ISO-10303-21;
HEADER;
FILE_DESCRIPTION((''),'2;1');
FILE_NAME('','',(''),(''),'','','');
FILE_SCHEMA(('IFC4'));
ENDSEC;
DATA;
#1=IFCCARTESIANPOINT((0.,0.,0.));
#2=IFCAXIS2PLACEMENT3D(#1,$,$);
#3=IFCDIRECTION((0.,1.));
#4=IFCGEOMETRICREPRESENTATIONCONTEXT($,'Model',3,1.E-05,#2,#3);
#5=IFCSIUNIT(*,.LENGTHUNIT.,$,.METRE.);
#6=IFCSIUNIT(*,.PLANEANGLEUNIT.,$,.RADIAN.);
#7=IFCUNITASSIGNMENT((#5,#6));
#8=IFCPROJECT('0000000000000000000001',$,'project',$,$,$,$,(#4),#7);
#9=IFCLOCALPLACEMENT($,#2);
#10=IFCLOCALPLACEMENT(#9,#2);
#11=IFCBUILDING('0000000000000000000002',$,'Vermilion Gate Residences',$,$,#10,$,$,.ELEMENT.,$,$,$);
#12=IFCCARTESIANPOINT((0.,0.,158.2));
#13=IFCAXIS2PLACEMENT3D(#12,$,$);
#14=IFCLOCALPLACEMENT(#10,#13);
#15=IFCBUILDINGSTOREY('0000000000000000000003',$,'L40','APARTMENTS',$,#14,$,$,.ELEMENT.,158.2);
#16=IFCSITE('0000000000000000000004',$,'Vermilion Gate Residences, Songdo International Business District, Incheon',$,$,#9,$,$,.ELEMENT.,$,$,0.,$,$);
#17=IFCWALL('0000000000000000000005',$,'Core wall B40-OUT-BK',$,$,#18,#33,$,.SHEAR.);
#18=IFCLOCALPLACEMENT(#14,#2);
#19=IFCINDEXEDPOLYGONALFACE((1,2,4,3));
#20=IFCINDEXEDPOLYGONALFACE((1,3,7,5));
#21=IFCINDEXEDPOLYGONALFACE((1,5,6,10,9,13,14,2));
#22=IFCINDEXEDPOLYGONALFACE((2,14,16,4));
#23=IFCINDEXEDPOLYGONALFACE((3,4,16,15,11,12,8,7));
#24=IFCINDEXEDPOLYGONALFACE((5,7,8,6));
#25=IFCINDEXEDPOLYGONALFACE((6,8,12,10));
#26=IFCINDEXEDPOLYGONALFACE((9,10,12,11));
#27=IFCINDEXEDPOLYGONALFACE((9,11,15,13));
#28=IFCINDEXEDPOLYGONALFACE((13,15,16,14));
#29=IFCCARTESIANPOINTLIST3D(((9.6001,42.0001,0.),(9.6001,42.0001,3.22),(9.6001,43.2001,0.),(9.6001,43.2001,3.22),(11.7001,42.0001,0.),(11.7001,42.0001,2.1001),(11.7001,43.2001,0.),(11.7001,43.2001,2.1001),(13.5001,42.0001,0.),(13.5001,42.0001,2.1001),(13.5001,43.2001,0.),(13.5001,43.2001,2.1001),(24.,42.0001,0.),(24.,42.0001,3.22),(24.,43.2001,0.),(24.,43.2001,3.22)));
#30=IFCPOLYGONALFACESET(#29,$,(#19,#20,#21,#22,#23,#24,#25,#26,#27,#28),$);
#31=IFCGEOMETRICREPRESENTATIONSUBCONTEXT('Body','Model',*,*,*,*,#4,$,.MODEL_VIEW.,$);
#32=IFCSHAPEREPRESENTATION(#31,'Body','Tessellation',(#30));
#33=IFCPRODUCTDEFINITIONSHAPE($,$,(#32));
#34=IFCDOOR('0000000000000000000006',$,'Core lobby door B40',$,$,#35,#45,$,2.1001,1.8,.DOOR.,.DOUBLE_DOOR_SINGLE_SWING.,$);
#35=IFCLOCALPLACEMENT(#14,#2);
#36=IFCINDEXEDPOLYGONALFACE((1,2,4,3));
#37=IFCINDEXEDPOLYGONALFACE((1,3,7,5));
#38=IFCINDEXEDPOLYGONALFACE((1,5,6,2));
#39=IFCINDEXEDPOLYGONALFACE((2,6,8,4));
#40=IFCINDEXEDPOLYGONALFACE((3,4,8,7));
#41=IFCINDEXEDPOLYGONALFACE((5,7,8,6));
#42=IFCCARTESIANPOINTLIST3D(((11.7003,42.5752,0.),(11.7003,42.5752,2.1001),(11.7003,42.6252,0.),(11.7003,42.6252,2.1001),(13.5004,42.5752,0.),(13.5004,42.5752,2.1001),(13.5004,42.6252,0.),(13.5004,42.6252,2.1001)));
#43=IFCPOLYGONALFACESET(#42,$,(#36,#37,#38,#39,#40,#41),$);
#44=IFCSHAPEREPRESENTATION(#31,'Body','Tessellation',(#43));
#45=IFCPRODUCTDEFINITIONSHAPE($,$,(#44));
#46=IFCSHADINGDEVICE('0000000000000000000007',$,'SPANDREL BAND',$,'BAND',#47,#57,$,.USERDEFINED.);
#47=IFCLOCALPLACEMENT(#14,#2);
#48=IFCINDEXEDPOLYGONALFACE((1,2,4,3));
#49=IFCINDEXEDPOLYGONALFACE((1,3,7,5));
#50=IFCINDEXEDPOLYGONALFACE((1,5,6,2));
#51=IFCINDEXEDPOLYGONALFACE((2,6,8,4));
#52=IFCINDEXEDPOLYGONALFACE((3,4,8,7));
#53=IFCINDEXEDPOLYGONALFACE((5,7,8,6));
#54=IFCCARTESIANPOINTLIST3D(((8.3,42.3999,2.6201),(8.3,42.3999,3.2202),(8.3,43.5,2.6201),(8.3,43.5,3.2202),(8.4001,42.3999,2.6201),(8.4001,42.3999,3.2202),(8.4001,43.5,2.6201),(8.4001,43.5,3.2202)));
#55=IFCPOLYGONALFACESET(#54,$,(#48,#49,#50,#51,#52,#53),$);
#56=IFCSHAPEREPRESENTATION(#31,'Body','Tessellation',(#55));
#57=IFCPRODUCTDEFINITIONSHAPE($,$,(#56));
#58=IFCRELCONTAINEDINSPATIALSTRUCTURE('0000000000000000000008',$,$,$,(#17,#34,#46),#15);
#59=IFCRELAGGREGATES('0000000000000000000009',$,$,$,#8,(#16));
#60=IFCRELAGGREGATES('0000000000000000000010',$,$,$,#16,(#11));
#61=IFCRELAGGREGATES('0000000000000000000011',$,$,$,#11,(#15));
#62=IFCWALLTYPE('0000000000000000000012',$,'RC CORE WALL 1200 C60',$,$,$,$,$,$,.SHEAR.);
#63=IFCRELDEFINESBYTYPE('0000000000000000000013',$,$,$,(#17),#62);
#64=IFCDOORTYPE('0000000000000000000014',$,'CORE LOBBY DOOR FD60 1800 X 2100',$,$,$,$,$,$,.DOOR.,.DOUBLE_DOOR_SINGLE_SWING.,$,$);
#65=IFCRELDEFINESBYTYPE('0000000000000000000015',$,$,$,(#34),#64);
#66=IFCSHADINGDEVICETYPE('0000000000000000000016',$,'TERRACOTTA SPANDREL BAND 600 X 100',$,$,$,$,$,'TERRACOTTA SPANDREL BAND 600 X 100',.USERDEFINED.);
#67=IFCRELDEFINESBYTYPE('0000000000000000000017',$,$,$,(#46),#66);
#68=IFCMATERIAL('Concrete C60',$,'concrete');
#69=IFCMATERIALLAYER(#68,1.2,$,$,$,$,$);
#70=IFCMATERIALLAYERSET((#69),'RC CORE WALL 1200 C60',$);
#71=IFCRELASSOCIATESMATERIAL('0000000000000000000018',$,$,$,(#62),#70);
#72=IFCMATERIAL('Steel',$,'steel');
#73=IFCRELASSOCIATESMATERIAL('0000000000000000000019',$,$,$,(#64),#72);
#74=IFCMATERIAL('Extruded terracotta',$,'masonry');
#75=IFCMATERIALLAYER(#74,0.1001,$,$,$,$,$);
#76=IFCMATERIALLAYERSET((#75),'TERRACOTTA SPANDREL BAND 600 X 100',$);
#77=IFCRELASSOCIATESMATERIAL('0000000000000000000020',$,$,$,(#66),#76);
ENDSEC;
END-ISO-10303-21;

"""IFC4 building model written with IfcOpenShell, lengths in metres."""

from ifc_helpers import new_model, si_unit, direction, frame, frame_2d, origin, origin_2d, place, context, subcontext, project, spatial, rectangle, extrude, material, layer, layer_set, type_object, element, fill, save


model = new_model("IFC4")

# Units and contexts
model_context = context("Model", 3, precision=1e-05, world=origin(), true_north=direction((0.0, 1.0)))
body_context = subcontext(model_context, "Body", "Model", "MODEL_VIEW")
ifc_project = project(units=[si_unit("LENGTHUNIT", "METRE"), si_unit("PLANEANGLEUNIT", "RADIAN")], contexts=[model_context])

# Site, building, storey
site_placement = place(None, origin())
site = spatial("IfcSite", under=ifc_project, at=site_placement, Name="Vermilion Gate Residences, Songdo International Business District, Incheon", CompositionType="ELEMENT", RefElevation=0.0)
building_placement = place(site_placement, origin())
building = spatial("IfcBuilding", under=site, at=building_placement, Name="Vermilion Gate Residences", CompositionType="ELEMENT")
storey_placement = place(building_placement, frame((0.0, 0.0, 158.2)))
storey = spatial("IfcBuildingStorey", under=building, at=storey_placement, Name="L40", Description="APARTMENTS", CompositionType="ELEMENT", Elevation=158.2)

# Wall, opening, door
ifc_material_1 = material(Name="Concrete C60", Category="concrete")
ifc_layer_1 = layer(ifc_material_1, 1.2)
ifc_layer_set_1 = layer_set([ifc_layer_1], Name="RC CORE WALL 1200 C60")
wall_type_1 = type_object("IfcWallType", Name="RC CORE WALL 1200 C60", PredefinedType="SHEAR", material=ifc_layer_set_1)
wall_1_placement = place(storey_placement, frame((9.6001, 42.6001, 0.0), z_axis=(0.0, 0.0, 1.0), x_axis=(1.0, 0.0, 0.0)))
wall_1 = element("IfcWall", 1, at=wall_1_placement, inside=storey, type_object=wall_type_1, Name="Core wall B40-OUT-BK", PredefinedType="SHEAR", context=body_context, shape_type="SweptSolid", body=[
    extrude(rectangle(XDim=14.3999, YDim=1.2, at=frame_2d((7.2, 0.0))), origin(), (0.0, 0.0, 1.0), 3.22),
])
opening_1_placement = place(wall_1_placement, frame((2.1001, 0.0, 0.0)))
opening_1 = element("IfcOpeningElement", 2, at=opening_1_placement, cuts=wall_1, PredefinedType="OPENING", context=body_context, shape_type="SweptSolid", body=[
    extrude(rectangle(XDim=1.8, YDim=2.1001, at=frame_2d((0.8999, 1.05))), frame((0.0, 0.6099, 0.0), z_axis=(0.0, -1.0, 0.0), x_axis=(1.0, 0.0, 0.0)), (0.0, 0.0, 1.0), 1.22),
])
ifc_material_2 = material(Name="Steel", Category="steel")
door_type_1 = type_object("IfcDoorType", Name="CORE LOBBY DOOR FD60 1800 X 2100", OperationType="DOUBLE_DOOR_SINGLE_SWING", PredefinedType="DOOR", material=ifc_material_2)
door_1_placement = place(opening_1_placement, frame((1.8, 0.0, 0.0), z_axis=(0.0, 0.0, 1.0), x_axis=(-1.0, 0.0, 0.0)))
door_1 = element("IfcDoor", 3, at=door_1_placement, inside=storey, type_object=door_type_1, Name="Core lobby door B40", OperationType="DOUBLE_DOOR_SINGLE_SWING", OverallHeight=2.1001, OverallWidth=1.8, PredefinedType="DOOR", context=body_context, shape_type="SweptSolid", body=[
    extrude(rectangle(XDim=1.8, YDim=2.1001, at=frame_2d((0.8999, 1.05))), frame((0.0, 0.0249, 0.0), z_axis=(0.0, -1.0, 0.0), x_axis=(1.0, 0.0, 0.0)), (0.0, 0.0, 1.0), 0.05),
])
fill(opening_1, door_1)

# Shading device
ifc_material_3 = material(Name="Extruded terracotta", Category="masonry")
ifc_layer_2 = layer(ifc_material_3, 0.1001)
ifc_layer_set_2 = layer_set([ifc_layer_2], Name="TERRACOTTA SPANDREL BAND 600 X 100")
shading_device_type = type_object("IfcShadingDeviceType", Name="TERRACOTTA SPANDREL BAND 600 X 100", ElementType="TERRACOTTA SPANDREL BAND 600 X 100", PredefinedType="USERDEFINED", material=ifc_layer_set_2)
shading_device_placement = place(storey_placement, frame((8.3501, 42.95, 2.6201), z_axis=(0.0, 0.0, 1.0), x_axis=(0.0, 1.0, 0.0)))
element("IfcShadingDevice", 4, at=shading_device_placement, inside=storey, type_object=shading_device_type, Name="SPANDREL BAND", ObjectType="BAND", PredefinedType="USERDEFINED", context=body_context, shape_type="SweptSolid", body=[
    extrude(rectangle(XDim=1.1001, YDim=0.1001, at=origin_2d()), origin(), (0.0, 0.0, 1.0), 0.6001),
])

save(model, "model.ifc")
